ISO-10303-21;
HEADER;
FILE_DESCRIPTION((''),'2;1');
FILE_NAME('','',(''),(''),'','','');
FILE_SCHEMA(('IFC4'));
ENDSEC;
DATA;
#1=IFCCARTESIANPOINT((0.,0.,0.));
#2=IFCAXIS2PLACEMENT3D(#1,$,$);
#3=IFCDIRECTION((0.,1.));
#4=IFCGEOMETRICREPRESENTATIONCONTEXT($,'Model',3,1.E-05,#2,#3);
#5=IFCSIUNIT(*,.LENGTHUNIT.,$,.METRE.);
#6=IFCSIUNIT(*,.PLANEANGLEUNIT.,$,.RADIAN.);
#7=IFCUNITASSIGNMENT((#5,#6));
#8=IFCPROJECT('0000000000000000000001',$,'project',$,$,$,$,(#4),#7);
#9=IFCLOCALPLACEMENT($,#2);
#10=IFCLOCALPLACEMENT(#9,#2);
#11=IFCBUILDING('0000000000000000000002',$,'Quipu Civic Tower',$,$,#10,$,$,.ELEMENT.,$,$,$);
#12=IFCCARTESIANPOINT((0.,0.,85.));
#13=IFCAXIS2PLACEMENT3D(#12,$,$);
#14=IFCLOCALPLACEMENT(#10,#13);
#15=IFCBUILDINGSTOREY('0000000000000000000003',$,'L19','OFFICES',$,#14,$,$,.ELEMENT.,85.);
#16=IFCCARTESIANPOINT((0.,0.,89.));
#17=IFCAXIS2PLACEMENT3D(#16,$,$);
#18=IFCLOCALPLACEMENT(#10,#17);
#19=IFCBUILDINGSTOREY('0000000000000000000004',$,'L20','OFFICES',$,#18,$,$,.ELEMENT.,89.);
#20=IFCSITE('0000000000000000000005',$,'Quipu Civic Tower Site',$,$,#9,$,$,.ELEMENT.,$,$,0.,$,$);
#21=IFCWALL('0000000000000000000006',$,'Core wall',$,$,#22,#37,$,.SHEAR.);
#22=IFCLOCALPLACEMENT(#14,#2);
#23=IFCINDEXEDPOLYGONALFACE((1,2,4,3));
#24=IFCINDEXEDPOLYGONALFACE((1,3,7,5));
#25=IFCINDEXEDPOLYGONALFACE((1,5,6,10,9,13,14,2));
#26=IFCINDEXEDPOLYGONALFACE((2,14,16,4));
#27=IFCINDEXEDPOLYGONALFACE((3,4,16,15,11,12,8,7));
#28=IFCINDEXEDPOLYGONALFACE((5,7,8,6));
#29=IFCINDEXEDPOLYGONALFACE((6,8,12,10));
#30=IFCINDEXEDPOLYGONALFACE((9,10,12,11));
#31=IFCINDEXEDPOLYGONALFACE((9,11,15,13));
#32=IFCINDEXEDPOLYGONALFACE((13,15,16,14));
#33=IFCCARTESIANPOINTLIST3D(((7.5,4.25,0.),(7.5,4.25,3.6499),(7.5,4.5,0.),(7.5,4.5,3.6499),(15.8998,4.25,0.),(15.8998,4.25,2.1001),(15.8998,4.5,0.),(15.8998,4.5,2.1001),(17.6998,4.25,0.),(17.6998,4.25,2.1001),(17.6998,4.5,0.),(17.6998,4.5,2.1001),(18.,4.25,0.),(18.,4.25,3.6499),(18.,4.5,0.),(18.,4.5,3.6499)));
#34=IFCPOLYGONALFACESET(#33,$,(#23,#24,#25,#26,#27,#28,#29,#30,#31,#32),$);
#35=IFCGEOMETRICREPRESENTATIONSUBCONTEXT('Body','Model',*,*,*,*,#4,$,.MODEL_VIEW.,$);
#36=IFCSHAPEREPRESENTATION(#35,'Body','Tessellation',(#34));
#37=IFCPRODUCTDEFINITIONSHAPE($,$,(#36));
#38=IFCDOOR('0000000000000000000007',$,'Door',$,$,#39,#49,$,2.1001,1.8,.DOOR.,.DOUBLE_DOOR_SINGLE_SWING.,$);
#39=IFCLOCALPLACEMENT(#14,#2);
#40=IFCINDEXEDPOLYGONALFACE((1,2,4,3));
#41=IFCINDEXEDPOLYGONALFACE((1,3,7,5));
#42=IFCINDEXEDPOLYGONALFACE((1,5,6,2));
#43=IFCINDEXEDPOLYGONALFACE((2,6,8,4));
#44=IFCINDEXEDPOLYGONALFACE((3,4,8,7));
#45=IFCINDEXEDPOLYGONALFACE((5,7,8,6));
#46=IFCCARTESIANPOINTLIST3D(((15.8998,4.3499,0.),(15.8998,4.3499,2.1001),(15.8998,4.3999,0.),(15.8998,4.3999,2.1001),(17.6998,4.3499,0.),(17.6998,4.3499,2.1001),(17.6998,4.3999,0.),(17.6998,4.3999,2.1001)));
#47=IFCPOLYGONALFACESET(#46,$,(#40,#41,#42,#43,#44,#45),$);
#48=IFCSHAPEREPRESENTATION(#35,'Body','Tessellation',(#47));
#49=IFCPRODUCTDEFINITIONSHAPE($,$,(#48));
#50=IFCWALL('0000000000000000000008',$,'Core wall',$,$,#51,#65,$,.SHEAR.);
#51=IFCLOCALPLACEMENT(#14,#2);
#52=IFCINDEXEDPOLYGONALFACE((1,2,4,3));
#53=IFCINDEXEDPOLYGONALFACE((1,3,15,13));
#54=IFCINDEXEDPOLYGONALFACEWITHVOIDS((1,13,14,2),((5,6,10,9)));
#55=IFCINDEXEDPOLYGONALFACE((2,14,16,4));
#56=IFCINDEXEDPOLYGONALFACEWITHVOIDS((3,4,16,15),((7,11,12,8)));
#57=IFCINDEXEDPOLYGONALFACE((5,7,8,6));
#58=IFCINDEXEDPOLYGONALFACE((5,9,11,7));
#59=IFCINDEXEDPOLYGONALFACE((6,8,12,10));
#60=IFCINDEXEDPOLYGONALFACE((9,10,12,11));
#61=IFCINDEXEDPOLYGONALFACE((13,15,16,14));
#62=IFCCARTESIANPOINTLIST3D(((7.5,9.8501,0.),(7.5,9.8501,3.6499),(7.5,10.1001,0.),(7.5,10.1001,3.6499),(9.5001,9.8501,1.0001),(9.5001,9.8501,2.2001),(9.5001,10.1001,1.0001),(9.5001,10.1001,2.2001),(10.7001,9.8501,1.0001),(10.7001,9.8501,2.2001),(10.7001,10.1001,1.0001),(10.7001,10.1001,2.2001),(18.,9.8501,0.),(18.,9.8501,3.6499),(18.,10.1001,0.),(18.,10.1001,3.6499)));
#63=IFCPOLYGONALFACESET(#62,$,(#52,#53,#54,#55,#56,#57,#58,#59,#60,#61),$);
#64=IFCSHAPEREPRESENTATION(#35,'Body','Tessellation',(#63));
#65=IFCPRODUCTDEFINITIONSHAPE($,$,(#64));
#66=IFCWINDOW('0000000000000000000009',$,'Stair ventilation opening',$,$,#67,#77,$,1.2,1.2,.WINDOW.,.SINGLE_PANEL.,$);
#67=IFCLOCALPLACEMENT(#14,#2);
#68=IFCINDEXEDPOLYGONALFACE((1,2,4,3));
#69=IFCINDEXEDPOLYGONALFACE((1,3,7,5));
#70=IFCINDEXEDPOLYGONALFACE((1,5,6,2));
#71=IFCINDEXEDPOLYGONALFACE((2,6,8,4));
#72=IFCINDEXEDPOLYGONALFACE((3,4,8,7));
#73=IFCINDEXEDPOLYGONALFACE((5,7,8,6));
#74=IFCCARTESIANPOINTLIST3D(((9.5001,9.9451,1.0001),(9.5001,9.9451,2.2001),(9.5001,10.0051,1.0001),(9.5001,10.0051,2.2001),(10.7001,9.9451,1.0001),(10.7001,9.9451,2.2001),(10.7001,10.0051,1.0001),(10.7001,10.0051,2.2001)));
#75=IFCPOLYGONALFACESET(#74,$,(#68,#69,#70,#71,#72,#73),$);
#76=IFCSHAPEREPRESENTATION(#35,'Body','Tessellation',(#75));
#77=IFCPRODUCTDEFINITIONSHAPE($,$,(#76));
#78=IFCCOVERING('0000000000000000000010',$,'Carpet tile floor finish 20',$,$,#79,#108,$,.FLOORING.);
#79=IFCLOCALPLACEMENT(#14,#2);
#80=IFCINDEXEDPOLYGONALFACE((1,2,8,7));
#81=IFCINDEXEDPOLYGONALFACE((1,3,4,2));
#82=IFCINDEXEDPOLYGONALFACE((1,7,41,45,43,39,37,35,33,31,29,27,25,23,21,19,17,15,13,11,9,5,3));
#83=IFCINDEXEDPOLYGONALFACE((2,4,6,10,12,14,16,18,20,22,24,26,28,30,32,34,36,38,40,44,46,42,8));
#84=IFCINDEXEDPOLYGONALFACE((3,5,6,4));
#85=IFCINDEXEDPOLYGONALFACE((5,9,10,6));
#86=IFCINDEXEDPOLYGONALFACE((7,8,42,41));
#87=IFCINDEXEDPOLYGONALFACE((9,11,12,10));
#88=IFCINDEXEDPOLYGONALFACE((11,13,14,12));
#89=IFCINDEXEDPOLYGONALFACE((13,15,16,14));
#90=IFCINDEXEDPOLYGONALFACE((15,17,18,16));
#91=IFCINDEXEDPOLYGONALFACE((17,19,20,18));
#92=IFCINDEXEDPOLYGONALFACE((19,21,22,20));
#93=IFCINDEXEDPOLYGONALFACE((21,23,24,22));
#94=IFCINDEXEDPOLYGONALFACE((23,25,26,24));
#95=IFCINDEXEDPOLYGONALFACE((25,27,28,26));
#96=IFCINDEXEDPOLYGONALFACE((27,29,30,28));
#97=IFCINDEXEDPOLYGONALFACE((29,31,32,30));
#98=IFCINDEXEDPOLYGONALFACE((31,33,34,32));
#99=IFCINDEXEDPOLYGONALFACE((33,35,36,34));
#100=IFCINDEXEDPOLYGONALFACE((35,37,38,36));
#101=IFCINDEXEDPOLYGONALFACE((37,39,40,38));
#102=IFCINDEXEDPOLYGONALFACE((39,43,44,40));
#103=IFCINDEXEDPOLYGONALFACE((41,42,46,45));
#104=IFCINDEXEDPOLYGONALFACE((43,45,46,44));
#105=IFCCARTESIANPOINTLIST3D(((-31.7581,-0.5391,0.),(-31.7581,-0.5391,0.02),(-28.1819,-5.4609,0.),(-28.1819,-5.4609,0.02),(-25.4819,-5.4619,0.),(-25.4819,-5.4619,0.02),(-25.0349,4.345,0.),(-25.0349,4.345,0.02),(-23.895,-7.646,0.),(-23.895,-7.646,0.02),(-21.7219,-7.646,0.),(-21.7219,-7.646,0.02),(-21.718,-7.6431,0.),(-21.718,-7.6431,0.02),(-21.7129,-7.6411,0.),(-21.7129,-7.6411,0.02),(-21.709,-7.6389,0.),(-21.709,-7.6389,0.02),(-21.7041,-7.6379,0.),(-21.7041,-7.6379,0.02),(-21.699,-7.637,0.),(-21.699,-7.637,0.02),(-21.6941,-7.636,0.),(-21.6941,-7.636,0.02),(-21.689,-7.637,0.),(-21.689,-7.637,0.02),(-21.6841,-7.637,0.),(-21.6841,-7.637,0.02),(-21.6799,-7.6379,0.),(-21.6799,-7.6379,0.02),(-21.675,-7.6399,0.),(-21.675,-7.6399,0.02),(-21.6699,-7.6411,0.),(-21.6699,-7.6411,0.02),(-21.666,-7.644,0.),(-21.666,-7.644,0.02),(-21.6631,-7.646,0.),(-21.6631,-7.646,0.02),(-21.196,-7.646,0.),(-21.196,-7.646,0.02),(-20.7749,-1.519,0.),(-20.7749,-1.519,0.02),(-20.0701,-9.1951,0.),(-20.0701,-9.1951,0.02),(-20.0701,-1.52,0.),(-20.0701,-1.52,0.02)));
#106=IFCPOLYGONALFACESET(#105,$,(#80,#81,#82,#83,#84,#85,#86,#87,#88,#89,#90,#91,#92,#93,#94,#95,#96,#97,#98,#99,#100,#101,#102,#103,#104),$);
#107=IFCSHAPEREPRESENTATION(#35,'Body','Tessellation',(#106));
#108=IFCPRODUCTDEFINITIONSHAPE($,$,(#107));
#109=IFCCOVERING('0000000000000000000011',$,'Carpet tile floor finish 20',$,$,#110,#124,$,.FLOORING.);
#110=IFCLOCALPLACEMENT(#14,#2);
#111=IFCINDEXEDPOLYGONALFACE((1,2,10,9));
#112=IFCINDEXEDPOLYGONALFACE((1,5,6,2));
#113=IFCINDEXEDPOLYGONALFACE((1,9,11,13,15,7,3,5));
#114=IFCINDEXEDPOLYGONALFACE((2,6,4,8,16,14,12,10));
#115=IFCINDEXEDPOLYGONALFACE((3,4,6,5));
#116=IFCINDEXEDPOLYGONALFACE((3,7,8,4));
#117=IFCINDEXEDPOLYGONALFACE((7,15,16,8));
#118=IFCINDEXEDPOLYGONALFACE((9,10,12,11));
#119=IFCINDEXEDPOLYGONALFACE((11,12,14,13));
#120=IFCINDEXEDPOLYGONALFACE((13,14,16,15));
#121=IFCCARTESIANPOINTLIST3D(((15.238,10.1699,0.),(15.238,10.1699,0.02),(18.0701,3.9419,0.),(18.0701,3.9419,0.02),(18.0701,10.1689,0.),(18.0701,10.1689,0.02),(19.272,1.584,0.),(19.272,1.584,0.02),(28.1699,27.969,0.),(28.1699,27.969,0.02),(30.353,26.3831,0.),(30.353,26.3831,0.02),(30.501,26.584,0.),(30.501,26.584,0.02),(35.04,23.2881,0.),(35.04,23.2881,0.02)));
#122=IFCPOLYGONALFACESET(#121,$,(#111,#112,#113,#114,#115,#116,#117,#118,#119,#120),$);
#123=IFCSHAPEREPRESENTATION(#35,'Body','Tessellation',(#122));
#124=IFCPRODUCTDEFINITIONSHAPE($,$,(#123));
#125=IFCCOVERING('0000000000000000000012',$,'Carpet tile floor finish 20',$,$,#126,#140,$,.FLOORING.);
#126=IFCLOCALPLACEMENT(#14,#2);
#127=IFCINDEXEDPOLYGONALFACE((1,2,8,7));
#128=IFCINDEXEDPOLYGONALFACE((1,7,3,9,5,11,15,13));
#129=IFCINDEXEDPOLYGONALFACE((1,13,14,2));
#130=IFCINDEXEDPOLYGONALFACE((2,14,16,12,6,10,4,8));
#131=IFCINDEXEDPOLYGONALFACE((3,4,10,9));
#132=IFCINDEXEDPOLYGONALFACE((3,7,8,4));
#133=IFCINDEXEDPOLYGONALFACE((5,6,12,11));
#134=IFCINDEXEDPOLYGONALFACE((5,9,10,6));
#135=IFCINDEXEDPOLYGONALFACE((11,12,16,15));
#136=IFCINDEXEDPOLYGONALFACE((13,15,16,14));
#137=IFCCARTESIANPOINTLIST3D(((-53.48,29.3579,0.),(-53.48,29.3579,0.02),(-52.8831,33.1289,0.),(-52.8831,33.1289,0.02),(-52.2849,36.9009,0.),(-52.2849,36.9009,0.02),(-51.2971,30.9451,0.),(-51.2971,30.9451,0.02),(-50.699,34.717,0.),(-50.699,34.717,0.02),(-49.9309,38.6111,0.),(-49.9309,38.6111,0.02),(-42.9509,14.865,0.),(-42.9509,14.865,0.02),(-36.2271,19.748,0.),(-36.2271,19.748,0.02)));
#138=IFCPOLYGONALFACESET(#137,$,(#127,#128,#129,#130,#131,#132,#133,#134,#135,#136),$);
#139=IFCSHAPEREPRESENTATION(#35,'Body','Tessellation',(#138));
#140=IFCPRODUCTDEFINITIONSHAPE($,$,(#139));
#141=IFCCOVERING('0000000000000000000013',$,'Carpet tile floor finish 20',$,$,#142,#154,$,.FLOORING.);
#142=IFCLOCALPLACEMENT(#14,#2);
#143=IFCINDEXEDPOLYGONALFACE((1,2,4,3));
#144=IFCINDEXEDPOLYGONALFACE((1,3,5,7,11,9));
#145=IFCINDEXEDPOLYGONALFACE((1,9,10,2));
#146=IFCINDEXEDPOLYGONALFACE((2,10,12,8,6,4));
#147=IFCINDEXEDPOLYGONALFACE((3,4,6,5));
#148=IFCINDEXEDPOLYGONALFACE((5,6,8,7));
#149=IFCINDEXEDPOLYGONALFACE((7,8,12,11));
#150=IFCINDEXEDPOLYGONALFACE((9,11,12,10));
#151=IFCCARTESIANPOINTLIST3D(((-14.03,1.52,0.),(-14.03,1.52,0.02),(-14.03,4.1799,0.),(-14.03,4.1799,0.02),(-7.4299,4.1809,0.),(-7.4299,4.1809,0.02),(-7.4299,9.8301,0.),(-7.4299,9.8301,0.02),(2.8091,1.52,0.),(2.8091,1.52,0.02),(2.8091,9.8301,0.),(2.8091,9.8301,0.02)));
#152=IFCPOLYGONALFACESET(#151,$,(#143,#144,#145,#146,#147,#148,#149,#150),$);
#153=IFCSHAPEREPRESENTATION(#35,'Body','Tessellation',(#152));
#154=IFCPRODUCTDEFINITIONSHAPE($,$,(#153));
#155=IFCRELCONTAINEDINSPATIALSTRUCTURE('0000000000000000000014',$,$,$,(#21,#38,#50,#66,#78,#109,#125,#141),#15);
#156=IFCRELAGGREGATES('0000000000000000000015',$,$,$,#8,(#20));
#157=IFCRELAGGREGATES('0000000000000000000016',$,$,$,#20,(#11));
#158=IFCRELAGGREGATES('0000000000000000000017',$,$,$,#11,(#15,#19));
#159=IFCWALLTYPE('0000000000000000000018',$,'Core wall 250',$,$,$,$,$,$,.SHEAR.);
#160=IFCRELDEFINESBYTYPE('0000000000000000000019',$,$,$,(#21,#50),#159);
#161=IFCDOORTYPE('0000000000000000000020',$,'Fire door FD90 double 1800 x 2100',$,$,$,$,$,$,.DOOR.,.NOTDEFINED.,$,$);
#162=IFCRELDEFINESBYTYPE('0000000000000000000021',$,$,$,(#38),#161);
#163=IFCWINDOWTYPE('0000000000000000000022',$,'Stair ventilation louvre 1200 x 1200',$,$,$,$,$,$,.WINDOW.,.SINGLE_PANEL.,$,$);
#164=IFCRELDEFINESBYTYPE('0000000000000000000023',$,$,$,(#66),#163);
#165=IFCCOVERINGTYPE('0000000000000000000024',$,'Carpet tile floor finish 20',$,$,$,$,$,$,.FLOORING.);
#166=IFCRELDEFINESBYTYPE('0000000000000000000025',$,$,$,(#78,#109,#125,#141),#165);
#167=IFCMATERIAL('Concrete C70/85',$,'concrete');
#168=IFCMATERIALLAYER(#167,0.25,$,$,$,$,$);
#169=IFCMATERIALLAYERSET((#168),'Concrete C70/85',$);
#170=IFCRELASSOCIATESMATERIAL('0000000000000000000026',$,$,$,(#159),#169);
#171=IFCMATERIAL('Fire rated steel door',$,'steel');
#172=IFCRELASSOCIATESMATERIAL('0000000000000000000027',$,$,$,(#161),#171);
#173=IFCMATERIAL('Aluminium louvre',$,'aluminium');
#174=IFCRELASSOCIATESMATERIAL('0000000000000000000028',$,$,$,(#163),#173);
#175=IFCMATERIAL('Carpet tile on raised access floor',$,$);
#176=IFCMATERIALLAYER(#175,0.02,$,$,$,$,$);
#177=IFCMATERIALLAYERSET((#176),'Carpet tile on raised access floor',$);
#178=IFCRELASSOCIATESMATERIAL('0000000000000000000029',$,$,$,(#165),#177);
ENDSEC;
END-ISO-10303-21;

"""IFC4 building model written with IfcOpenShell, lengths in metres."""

from ifc_helpers import new_model, si_unit, direction, frame, frame_2d, origin, place, context, subcontext, project, spatial, polyline, rectangle, outline, extrude, material, layer, layer_set, type_object, element, fill, save


model = new_model("IFC4")

# Units and contexts
model_context = context("Model", 3, precision=1e-05, world=origin(), true_north=direction((0.0, 1.0)))
body_context = subcontext(model_context, "Body", "Model", "MODEL_VIEW")
ifc_project = project(units=[si_unit("LENGTHUNIT", "METRE"), si_unit("PLANEANGLEUNIT", "RADIAN")], contexts=[model_context])

# Site, building, storey
site_placement = place(None, origin())
site = spatial("IfcSite", under=ifc_project, at=site_placement, Name="Quipu Civic Tower Site", CompositionType="ELEMENT", RefElevation=0.0)
building_placement = place(site_placement, origin())
building = spatial("IfcBuilding", under=site, at=building_placement, Name="Quipu Civic Tower", CompositionType="ELEMENT")
storey_1_placement = place(building_placement, frame((0.0, 0.0, 85.0)))
storey_1 = spatial("IfcBuildingStorey", under=building, at=storey_1_placement, Name="L19", Description="OFFICES", CompositionType="ELEMENT", Elevation=85.0)

# Shared definitions
storey_2_placement = place(building_placement, frame((0.0, 0.0, 89.0)))
storey_2 = spatial("IfcBuildingStorey", under=building, at=storey_2_placement, Name="L20", Description="OFFICES", CompositionType="ELEMENT", Elevation=89.0)

# Wall, opening, door
ifc_material_1 = material(Name="Concrete C70/85", Category="concrete")
ifc_layer_1 = layer(ifc_material_1, 0.25)
ifc_layer_set_1 = layer_set([ifc_layer_1], Name="Concrete C70/85")
wall_type_1 = type_object("IfcWallType", Name="Core wall 250", PredefinedType="SHEAR", material=ifc_layer_set_1)
wall_1_placement = place(storey_1_placement, frame((7.5, 4.375, 0.0), z_axis=(0.0, 0.0, 1.0), x_axis=(1.0, 0.0, 0.0)))
wall_1 = element("IfcWall", 1, at=wall_1_placement, inside=storey_1, type_object=wall_type_1, Name="Core wall", PredefinedType="SHEAR", context=body_context, shape_type="SweptSolid", body=[
    extrude(rectangle(XDim=10.5, YDim=0.25, at=frame_2d((5.25, 0.0))), origin(), (0.0, 0.0, 1.0), 3.6499),
])
opening_1_placement = place(wall_1_placement, frame((8.3999, 0.0, 0.0)))
opening_1 = element("IfcOpeningElement", 2, at=opening_1_placement, cuts=wall_1, PredefinedType="OPENING", context=body_context, shape_type="SweptSolid", body=[
    extrude(rectangle(XDim=1.8, YDim=2.1001, at=frame_2d((0.8999, 1.05))), frame((0.0, 0.135, 0.0), z_axis=(0.0, -1.0, 0.0), x_axis=(1.0, 0.0, 0.0)), (0.0, 0.0, 1.0), 0.27),
])
ifc_material_2 = material(Name="Fire rated steel door", Category="steel")
door_type = type_object("IfcDoorType", Name="Fire door FD90 double 1800 x 2100", OperationType="NOTDEFINED", PredefinedType="DOOR", material=ifc_material_2)
door_placement = place(opening_1_placement, origin())
door = element("IfcDoor", 3, at=door_placement, inside=storey_1, type_object=door_type, Name="Door", OperationType="DOUBLE_DOOR_SINGLE_SWING", OverallHeight=2.1001, OverallWidth=1.8, PredefinedType="DOOR", context=body_context, shape_type="SweptSolid", body=[
    extrude(rectangle(XDim=1.8, YDim=2.1001, at=frame_2d((0.8999, 1.05))), frame((0.0, 0.0249, 0.0), z_axis=(0.0, -1.0, 0.0), x_axis=(1.0, 0.0, 0.0)), (0.0, 0.0, 1.0), 0.05),
])
fill(opening_1, door)

# Wall, opening, window
wall_2_placement = place(storey_1_placement, frame((7.5, 9.9751, 0.0), z_axis=(0.0, 0.0, 1.0), x_axis=(1.0, 0.0, 0.0)))
wall_2 = element("IfcWall", 4, at=wall_2_placement, inside=storey_1, type_object=wall_type_1, Name="Core wall", PredefinedType="SHEAR", context=body_context, shape_type="SweptSolid", body=[
    extrude(rectangle(XDim=10.5, YDim=0.25, at=frame_2d((5.25, 0.0))), origin(), (0.0, 0.0, 1.0), 3.6499),
])
opening_2_placement = place(wall_2_placement, frame((2.0, 0.0, 1.0)))
opening_2 = element("IfcOpeningElement", 5, at=opening_2_placement, cuts=wall_2, PredefinedType="OPENING", context=body_context, shape_type="SweptSolid", body=[
    extrude(rectangle(XDim=1.2, YDim=1.2, at=frame_2d((0.6001, 0.6001))), frame((0.0, 0.135, 0.0), z_axis=(0.0, -1.0, 0.0), x_axis=(1.0, 0.0, 0.0)), (0.0, 0.0, 1.0), 0.27),
])
ifc_material_3 = material(Name="Aluminium louvre", Category="aluminium")
window_type = type_object("IfcWindowType", Name="Stair ventilation louvre 1200 x 1200", PartitioningType="SINGLE_PANEL", PredefinedType="WINDOW", material=ifc_material_3)
window_placement = place(opening_2_placement, origin())
window = element("IfcWindow", 6, at=window_placement, inside=storey_1, type_object=window_type, Name="Stair ventilation opening", OverallHeight=1.2, OverallWidth=1.2, PartitioningType="SINGLE_PANEL", PredefinedType="WINDOW", context=body_context, shape_type="SweptSolid", body=[
    extrude(rectangle(XDim=1.2, YDim=1.2, at=frame_2d((0.6001, 0.6001))), frame((0.0, 0.03, 0.0), z_axis=(0.0, -1.0, 0.0), x_axis=(1.0, 0.0, 0.0)), (0.0, 0.0, 1.0), 0.0601),
])
fill(opening_2, window)

# Coverings
ifc_material_4 = material(Name="Carpet tile on raised access floor")
ifc_layer_2 = layer(ifc_material_4, 0.02)
ifc_layer_set_2 = layer_set([ifc_layer_2], Name="Carpet tile on raised access floor")
covering_type_1 = type_object("IfcCoveringType", Name="Carpet tile floor finish 20", PredefinedType="FLOORING", material=ifc_layer_set_2)
covering_1_placement = place(storey_1_placement, origin())
element("IfcCovering", 7, at=covering_1_placement, inside=storey_1, type_object=covering_type_1, Name="Carpet tile floor finish 20", PredefinedType="FLOORING", context=body_context, shape_type="SweptSolid", body=[
    extrude(outline(polyline([(-31.7581, -0.5391), (-25.0349, 4.345), (-20.7749, -1.519), (-20.0701, -1.52), (-20.0701, -9.1951), (-21.196, -7.646), (-21.6631, -7.646), (-21.666, -7.644), (-21.6699, -7.6411), (-21.675, -7.6399), (-21.6799, -7.6379), (-21.6841, -7.637), (-21.689, -7.637), (-21.6941, -7.636), (-21.699, -7.637), (-21.7041, -7.6379), (-21.709, -7.6389), (-21.7129, -7.6411), (-21.718, -7.6431), (-21.7219, -7.646), (-21.7219, -7.646), (-23.895, -7.646), (-25.4819, -5.4619), (-28.1819, -5.4609), (-31.7581, -0.5391)])), origin(), (0.0, 0.0, 1.0), 0.02),
])
covering_2_placement = place(storey_1_placement, origin())
element("IfcCovering", 8, at=covering_2_placement, inside=storey_1, type_object=covering_type_1, Name="Carpet tile floor finish 20", PredefinedType="FLOORING", context=body_context, shape_type="SweptSolid", body=[
    extrude(outline(polyline([(15.238, 10.1699), (28.1699, 27.969), (30.353, 26.3831), (30.501, 26.584), (35.04, 23.2881), (19.272, 1.584), (18.0701, 3.9419), (18.0701, 10.1689), (15.238, 10.1699)])), origin(), (0.0, 0.0, 1.0), 0.02),
])
covering_3_placement = place(storey_1_placement, origin())
element("IfcCovering", 9, at=covering_3_placement, inside=storey_1, type_object=covering_type_1, Name="Carpet tile floor finish 20", PredefinedType="FLOORING", context=body_context, shape_type="SweptSolid", body=[
    extrude(outline(polyline([(-53.48, 29.3579), (-51.2971, 30.9451), (-52.8831, 33.1289), (-50.699, 34.717), (-52.2849, 36.9009), (-49.9309, 38.6111), (-36.2271, 19.748), (-42.9509, 14.865), (-53.48, 29.3579)])), origin(), (0.0, 0.0, 1.0), 0.02),
])
covering_4_placement = place(storey_1_placement, origin())
element("IfcCovering", 10, at=covering_4_placement, inside=storey_1, type_object=covering_type_1, Name="Carpet tile floor finish 20", PredefinedType="FLOORING", context=body_context, shape_type="SweptSolid", body=[
    extrude(outline(polyline([(-14.03, 1.52), (-14.03, 4.1799), (-7.4299, 4.1809), (-7.4299, 9.8301), (2.8091, 9.8301), (2.8091, 1.52), (-14.03, 1.52)])), origin(), (0.0, 0.0, 1.0), 0.02),
])

save(model, "model.ifc")
